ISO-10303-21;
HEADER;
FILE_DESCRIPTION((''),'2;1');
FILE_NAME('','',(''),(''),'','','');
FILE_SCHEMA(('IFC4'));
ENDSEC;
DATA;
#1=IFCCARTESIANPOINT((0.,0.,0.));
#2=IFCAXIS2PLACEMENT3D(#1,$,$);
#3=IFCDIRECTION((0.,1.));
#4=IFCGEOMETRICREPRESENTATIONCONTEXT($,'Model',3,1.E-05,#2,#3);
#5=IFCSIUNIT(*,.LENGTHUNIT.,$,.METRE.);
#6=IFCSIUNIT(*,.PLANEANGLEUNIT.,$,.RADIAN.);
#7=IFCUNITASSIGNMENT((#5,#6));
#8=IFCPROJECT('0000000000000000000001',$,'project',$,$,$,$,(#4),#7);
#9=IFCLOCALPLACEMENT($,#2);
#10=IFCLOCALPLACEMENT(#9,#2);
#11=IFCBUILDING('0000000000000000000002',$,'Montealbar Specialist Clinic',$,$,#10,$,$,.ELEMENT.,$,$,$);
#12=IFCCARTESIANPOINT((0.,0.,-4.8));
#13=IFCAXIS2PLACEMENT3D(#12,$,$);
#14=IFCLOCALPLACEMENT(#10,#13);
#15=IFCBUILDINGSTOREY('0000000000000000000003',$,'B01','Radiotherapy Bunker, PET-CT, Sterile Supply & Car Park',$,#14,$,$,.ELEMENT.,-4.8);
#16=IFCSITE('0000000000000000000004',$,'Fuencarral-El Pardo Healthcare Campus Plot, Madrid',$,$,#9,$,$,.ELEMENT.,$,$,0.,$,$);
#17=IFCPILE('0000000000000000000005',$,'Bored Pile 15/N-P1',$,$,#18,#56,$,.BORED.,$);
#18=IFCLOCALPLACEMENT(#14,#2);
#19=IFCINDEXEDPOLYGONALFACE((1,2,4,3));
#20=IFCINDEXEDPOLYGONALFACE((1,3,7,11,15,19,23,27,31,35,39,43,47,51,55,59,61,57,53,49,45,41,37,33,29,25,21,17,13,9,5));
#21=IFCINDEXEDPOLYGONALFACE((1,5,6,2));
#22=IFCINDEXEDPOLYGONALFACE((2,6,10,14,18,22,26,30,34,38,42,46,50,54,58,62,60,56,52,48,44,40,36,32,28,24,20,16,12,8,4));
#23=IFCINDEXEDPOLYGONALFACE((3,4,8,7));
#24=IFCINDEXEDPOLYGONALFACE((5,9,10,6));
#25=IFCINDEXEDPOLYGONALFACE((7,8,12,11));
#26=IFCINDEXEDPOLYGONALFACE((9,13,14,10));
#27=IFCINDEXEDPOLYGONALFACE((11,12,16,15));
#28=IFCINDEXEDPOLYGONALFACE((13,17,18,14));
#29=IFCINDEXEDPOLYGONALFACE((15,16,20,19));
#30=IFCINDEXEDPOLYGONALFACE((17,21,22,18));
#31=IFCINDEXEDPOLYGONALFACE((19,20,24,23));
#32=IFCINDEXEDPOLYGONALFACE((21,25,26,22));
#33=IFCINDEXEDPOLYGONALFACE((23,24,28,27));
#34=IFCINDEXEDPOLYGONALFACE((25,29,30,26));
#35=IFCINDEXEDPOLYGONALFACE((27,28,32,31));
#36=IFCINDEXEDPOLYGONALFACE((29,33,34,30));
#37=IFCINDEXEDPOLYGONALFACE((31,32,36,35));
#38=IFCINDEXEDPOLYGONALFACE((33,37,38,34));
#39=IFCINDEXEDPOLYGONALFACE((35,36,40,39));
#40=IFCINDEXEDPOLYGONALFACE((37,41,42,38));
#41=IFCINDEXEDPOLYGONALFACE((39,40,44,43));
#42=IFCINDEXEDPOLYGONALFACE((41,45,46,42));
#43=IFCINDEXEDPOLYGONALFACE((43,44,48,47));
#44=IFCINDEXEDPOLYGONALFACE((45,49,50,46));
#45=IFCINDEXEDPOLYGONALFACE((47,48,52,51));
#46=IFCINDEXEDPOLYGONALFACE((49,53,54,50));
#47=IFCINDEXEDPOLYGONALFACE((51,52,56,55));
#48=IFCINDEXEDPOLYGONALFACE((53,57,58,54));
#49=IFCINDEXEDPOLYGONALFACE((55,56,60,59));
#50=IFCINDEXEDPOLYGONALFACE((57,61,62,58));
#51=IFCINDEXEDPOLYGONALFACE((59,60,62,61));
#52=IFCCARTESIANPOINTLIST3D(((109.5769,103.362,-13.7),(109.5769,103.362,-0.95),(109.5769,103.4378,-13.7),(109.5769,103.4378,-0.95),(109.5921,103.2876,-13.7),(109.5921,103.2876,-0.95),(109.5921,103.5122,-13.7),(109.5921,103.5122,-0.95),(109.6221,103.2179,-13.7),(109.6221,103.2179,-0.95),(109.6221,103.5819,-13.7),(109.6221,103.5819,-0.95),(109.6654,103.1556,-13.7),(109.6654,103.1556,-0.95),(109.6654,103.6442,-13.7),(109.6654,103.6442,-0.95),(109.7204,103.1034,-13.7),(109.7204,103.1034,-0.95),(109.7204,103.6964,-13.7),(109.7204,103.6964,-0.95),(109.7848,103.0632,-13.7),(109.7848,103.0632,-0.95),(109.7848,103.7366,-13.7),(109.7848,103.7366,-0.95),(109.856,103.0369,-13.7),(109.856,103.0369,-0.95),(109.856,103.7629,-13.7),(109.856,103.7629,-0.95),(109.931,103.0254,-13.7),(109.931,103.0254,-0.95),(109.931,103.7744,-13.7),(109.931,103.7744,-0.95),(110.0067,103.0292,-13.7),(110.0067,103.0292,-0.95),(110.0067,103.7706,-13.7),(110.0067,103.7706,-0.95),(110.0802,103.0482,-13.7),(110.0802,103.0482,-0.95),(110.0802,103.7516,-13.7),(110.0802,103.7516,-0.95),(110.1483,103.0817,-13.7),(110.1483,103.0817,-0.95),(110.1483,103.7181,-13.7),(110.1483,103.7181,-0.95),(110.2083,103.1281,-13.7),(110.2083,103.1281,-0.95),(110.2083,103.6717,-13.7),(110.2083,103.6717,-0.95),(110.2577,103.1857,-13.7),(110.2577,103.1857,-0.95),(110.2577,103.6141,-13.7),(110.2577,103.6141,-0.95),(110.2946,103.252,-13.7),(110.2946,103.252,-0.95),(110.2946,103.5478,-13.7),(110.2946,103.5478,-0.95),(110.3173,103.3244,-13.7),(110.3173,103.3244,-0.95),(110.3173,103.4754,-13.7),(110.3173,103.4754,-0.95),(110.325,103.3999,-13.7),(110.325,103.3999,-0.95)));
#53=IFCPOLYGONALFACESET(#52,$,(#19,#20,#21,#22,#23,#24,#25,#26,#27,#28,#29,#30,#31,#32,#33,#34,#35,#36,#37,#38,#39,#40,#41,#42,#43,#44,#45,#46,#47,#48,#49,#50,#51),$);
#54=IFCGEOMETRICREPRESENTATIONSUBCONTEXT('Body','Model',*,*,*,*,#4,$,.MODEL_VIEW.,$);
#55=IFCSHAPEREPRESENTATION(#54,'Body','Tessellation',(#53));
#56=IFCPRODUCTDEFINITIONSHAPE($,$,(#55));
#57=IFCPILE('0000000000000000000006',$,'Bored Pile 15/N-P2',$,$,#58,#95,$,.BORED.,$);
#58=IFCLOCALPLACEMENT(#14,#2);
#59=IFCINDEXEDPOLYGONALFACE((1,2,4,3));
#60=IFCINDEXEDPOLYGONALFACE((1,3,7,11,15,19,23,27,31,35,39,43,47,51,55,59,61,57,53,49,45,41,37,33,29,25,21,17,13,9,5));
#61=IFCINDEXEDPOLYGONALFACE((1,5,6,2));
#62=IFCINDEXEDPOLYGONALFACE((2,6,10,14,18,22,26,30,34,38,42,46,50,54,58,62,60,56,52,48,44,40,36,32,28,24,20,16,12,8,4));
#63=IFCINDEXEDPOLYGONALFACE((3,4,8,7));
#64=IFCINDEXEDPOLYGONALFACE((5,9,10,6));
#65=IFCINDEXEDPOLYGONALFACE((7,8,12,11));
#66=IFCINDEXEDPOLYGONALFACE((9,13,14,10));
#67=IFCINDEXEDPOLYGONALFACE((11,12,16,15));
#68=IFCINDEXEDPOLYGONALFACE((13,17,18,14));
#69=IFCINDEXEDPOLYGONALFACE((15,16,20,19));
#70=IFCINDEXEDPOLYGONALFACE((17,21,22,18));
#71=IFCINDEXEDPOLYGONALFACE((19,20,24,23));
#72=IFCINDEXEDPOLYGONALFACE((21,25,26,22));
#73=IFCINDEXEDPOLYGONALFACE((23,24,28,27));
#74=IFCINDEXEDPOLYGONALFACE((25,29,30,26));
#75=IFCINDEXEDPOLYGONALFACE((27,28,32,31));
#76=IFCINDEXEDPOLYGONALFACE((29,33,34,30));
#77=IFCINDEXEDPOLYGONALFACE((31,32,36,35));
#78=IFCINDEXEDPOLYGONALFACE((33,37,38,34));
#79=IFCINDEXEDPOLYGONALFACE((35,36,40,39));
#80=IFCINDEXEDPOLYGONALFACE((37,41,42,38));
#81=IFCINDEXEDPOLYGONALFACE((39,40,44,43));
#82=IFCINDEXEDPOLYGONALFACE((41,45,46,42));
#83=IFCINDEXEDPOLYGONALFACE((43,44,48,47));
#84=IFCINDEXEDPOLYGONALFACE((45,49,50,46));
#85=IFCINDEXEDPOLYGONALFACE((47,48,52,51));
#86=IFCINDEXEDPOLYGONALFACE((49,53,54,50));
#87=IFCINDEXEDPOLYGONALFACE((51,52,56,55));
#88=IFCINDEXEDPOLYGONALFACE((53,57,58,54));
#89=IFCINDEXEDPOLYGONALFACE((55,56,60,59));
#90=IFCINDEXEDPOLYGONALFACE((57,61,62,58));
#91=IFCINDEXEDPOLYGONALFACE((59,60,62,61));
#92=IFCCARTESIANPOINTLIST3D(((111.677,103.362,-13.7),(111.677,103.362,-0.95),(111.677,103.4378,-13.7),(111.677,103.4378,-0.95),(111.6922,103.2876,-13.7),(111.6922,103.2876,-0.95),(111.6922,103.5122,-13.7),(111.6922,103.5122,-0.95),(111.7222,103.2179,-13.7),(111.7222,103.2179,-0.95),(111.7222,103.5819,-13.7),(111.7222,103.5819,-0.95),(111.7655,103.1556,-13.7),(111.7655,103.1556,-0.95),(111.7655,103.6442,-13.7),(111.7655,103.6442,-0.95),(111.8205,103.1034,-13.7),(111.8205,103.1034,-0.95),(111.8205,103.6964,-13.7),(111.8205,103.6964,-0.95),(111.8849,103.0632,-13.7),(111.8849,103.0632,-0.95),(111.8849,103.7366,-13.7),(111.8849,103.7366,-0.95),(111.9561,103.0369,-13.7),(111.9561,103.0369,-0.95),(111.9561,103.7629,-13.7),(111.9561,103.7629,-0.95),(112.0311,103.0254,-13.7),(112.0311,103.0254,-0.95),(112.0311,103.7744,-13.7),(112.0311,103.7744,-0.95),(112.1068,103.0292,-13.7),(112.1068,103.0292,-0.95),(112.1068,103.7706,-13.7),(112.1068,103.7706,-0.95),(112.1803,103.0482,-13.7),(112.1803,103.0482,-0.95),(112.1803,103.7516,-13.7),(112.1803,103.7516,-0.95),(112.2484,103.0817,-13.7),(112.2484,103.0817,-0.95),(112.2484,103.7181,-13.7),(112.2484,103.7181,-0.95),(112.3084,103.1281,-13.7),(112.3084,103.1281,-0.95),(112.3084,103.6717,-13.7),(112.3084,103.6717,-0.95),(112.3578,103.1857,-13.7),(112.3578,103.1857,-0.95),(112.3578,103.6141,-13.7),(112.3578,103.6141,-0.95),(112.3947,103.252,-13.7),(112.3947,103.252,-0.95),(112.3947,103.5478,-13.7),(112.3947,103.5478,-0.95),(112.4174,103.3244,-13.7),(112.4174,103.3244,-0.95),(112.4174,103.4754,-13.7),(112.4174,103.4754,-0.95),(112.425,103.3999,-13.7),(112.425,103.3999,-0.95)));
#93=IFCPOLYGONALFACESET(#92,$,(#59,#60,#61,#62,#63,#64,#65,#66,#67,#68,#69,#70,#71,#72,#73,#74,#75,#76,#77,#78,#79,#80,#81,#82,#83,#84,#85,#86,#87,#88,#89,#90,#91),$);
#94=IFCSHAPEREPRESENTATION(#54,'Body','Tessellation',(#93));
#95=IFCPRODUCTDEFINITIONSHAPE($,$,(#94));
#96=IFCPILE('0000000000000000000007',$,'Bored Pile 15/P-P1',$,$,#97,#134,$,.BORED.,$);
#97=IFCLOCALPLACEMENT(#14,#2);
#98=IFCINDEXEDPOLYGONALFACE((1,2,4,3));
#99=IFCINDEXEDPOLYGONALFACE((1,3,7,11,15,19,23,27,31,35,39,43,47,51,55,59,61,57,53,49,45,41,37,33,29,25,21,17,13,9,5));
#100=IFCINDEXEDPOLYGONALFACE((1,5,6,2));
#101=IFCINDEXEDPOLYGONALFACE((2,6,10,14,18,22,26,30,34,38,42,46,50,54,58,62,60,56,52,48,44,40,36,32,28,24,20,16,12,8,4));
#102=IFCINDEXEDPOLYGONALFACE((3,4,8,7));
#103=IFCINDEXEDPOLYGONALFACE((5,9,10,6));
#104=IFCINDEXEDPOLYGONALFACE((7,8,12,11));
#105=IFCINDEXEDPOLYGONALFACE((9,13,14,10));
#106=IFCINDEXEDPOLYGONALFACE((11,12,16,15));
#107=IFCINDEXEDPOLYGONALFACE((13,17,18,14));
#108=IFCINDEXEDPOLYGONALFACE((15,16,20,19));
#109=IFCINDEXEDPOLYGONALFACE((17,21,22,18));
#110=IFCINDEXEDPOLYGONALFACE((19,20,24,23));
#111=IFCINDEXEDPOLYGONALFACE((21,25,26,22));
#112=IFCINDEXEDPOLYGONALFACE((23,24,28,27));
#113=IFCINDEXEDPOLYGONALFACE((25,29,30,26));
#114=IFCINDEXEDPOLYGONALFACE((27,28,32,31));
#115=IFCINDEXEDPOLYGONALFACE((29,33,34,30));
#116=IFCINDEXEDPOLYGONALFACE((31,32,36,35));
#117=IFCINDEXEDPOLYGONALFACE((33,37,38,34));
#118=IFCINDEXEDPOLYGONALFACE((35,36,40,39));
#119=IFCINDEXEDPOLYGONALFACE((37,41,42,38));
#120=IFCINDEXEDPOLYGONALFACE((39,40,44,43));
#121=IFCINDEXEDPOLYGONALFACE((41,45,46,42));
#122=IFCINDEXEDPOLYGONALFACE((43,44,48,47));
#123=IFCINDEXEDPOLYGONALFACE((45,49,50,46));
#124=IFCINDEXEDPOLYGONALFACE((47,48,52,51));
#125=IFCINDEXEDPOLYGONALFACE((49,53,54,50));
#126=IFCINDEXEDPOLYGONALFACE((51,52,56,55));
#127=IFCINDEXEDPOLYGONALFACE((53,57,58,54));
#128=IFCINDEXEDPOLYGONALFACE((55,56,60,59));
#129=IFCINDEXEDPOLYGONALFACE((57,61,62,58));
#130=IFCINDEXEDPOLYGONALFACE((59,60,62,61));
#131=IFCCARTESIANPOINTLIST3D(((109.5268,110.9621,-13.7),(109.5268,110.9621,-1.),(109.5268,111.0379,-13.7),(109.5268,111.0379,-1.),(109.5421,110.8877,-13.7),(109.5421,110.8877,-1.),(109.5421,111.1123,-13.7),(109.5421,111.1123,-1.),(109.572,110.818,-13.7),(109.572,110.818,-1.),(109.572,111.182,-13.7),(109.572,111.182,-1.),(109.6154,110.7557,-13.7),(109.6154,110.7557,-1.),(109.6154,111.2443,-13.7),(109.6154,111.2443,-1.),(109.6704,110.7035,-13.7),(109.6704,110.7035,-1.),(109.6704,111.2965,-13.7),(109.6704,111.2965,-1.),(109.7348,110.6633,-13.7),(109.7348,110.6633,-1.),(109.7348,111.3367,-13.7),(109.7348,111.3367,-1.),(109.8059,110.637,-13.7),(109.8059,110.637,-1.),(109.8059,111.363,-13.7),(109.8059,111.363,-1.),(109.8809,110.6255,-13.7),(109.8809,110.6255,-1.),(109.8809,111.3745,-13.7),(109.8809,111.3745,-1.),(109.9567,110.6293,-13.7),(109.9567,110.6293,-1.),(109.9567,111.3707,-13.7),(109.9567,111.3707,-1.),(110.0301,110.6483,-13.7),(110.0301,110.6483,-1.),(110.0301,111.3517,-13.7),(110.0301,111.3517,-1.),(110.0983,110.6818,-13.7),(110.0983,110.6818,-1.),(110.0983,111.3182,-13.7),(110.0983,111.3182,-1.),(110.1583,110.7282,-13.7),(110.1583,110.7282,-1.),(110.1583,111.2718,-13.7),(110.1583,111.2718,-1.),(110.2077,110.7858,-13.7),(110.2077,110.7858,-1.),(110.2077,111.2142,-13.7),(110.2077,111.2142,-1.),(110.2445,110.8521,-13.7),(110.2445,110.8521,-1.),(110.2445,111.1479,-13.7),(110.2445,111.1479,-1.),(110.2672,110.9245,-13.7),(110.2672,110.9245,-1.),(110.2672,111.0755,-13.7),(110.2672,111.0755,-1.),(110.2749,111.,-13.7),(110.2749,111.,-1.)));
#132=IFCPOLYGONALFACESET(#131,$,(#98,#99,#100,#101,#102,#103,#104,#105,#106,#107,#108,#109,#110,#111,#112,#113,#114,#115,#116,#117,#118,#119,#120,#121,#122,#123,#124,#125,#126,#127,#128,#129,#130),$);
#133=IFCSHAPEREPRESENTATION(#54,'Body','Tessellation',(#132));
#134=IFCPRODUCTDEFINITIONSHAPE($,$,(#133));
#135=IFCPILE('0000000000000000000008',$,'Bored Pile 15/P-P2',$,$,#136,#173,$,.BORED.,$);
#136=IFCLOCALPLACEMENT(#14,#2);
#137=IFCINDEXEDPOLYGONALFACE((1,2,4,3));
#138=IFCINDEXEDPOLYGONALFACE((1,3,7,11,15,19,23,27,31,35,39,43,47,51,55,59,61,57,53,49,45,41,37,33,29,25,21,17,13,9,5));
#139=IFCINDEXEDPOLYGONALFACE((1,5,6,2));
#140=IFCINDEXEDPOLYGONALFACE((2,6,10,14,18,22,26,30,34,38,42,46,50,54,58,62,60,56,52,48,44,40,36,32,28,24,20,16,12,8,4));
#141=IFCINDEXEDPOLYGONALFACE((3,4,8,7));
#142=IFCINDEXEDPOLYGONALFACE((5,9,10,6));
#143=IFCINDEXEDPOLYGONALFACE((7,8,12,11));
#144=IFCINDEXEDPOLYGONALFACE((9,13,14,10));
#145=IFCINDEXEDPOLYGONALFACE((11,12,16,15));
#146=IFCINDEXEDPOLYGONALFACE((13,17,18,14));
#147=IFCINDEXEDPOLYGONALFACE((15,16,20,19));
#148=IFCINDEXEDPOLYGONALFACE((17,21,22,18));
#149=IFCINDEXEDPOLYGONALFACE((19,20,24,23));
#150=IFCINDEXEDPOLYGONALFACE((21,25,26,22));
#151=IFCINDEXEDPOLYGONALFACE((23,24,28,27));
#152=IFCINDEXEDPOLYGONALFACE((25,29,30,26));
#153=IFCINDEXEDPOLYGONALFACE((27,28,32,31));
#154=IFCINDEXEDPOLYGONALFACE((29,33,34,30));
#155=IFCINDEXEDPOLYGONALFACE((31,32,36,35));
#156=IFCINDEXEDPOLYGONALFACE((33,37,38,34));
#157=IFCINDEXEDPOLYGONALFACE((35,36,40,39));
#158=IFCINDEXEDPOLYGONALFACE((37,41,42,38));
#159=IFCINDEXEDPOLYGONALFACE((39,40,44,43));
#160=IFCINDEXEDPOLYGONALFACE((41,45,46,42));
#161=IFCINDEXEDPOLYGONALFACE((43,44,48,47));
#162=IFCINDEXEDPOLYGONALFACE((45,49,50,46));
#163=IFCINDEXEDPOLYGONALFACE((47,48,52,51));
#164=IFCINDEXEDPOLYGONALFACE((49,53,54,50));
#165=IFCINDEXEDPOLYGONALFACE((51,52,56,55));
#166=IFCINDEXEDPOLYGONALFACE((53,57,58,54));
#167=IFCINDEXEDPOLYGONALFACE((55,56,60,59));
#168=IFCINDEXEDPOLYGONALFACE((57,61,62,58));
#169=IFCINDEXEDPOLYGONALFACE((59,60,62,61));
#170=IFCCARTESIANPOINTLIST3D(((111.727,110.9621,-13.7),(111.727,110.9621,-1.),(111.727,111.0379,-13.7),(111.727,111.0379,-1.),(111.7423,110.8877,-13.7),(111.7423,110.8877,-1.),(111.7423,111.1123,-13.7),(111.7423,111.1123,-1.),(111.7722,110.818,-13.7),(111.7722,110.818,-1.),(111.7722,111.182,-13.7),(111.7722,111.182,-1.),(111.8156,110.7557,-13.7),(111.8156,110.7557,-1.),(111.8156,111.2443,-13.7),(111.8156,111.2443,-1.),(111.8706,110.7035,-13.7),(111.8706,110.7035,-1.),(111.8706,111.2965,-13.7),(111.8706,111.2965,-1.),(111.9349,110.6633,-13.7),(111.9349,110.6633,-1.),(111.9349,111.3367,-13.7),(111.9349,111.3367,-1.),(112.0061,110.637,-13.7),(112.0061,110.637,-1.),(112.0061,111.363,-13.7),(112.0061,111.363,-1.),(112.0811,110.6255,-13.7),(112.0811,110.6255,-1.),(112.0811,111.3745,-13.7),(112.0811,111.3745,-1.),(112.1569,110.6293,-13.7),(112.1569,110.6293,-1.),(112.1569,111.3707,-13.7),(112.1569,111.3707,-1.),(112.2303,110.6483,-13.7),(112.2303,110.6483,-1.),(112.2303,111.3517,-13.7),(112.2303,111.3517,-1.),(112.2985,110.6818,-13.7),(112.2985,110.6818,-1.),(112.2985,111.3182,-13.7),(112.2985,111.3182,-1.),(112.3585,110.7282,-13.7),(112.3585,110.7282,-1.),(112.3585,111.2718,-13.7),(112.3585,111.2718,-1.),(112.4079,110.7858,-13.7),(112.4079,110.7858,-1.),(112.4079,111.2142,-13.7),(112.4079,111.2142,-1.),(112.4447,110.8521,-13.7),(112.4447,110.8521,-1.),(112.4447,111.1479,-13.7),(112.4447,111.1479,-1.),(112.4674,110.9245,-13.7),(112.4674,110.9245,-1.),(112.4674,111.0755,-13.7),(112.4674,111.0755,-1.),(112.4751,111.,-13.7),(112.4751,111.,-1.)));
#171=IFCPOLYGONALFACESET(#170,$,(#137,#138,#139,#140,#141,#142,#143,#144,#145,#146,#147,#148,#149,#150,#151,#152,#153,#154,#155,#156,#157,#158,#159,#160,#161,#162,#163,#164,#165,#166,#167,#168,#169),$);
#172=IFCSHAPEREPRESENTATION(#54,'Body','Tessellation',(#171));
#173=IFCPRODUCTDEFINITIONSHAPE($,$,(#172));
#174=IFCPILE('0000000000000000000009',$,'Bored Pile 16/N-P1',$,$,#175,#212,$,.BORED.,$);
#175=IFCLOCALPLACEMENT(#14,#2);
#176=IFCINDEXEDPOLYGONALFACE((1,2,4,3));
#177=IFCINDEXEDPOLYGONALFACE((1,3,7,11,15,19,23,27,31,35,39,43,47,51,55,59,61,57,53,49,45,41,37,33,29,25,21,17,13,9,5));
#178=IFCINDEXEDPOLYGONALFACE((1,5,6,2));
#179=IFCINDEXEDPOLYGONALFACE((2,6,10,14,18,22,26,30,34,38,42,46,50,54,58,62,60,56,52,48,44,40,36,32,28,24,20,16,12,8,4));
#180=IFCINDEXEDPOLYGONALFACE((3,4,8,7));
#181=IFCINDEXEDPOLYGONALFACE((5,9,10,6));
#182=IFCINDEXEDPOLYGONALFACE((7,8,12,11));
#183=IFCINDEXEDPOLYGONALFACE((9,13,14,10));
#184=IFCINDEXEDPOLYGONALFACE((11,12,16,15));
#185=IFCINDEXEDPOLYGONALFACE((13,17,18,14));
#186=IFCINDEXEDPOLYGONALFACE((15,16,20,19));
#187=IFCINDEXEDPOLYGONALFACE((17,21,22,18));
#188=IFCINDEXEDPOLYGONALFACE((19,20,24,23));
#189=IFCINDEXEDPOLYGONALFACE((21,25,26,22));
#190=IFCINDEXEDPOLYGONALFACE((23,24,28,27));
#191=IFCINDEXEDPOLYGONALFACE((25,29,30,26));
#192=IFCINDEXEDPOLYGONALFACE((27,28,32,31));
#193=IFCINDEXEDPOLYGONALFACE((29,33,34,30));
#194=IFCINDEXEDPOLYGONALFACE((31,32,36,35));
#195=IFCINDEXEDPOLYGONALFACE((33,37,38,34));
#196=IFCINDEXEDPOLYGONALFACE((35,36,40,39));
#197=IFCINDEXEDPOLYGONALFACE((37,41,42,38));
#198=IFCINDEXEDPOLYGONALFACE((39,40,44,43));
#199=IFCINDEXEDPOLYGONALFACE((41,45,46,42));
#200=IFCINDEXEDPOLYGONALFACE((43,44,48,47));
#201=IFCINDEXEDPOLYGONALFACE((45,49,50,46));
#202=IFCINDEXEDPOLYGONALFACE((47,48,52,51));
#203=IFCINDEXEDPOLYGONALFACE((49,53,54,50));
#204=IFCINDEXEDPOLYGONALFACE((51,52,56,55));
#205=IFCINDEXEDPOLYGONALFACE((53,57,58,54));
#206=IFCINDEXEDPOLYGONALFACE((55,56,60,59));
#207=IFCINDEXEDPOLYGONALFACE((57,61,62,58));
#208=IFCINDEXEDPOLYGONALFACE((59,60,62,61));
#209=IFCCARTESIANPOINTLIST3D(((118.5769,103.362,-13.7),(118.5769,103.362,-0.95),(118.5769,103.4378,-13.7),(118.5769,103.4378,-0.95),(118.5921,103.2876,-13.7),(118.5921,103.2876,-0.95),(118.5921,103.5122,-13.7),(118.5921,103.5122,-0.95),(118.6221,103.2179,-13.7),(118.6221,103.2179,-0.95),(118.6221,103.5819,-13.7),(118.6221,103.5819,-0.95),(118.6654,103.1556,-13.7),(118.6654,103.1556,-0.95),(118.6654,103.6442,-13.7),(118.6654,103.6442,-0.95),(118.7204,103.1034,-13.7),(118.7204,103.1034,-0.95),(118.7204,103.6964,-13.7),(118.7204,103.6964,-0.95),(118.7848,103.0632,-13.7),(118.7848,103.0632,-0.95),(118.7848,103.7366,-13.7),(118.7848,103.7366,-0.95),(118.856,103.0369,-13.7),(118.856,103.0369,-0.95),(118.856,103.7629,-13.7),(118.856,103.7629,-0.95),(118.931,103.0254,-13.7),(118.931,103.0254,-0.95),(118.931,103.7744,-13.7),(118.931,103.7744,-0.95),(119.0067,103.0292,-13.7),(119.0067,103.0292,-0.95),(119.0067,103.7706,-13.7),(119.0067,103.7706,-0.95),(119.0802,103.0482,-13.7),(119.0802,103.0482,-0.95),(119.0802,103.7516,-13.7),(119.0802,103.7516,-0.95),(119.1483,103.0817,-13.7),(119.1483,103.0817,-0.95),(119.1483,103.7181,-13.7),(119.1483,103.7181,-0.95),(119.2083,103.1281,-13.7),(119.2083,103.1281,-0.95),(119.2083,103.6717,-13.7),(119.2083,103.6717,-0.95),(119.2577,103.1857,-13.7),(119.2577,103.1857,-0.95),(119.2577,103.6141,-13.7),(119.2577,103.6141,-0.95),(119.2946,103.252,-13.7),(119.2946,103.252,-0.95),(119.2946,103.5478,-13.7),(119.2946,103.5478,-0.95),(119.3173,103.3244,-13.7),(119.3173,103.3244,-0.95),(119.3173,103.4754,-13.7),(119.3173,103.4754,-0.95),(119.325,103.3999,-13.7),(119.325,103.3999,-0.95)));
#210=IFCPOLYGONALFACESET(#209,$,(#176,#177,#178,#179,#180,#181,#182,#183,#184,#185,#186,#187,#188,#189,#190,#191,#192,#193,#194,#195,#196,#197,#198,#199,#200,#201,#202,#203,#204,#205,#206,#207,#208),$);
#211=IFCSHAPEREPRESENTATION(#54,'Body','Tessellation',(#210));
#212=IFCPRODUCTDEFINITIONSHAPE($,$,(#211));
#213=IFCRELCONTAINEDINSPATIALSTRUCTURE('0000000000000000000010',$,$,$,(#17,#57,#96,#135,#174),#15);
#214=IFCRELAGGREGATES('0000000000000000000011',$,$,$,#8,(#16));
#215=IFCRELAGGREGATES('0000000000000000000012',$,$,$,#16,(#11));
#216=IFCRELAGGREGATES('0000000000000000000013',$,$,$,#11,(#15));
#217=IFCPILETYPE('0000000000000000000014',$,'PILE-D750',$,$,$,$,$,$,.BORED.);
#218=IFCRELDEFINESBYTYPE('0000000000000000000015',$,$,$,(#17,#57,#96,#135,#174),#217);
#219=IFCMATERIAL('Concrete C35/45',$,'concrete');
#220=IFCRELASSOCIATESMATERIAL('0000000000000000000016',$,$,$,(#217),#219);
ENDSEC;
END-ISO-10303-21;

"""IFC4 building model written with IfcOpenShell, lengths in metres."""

from ifc_helpers import new_model, si_unit, direction, frame, origin, origin_2d, place, context, subcontext, project, spatial, circle, extrude, material, material_profile, profile_set, type_object, element, save


model = new_model("IFC4")

# Units and contexts
model_context = context("Model", 3, precision=1e-05, world=origin(), true_north=direction((0.0, 1.0)))
body_context = subcontext(model_context, "Body", "Model", "MODEL_VIEW")
ifc_project = project(units=[si_unit("LENGTHUNIT", "METRE"), si_unit("PLANEANGLEUNIT", "RADIAN")], contexts=[model_context])

# Site, building, storey
site_placement = place(None, origin())
site = spatial("IfcSite", under=ifc_project, at=site_placement, Name="Fuencarral-El Pardo Healthcare Campus Plot, Madrid", CompositionType="ELEMENT", RefElevation=0.0)
building_placement = place(site_placement, origin())
building = spatial("IfcBuilding", under=site, at=building_placement, Name="Montealbar Specialist Clinic", CompositionType="ELEMENT")
storey_placement = place(building_placement, frame((0.0, 0.0, -4.8)))
storey = spatial("IfcBuildingStorey", under=building, at=storey_placement, Name="B01", Description="Radiotherapy Bunker, PET-CT, Sterile Supply & Car Park", CompositionType="ELEMENT", Elevation=-4.8)

# Shared definitions
ifc_material_1 = material(Name="Concrete C35/45", Category="concrete")

# Piles
ifc_material_profile_1 = material_profile(ifc_material_1, circle(Radius=0.375, at=origin_2d()), Name="PILE D750", Category="concrete")
ifc_profile_set_1 = profile_set([ifc_material_profile_1], Name="Concrete C35/45")
pile_type = type_object("IfcPileType", Name="PILE-D750", PredefinedType="BORED", material=ifc_profile_set_1)
for number, where, z_axis, x_axis, name in (
    (1, (109.95, 103.3999, -0.95), (0.0, 0.0, -1.0), (1.0, 0.0, 0.0), "Bored Pile 15/N-P1"),
    (2, (112.05, 103.3999, -0.95), (0.0, 0.0, -1.0), (1.0, 0.0, 0.0), "Bored Pile 15/N-P2"),
):
    element("IfcPile", number, at=place(storey_placement, frame(where, z_axis=z_axis, x_axis=x_axis)), inside=storey, type_object=pile_type, Name=name, PredefinedType="BORED", context=body_context, shape_type="SweptSolid", body=[
        extrude(circle(Radius=0.375, at=origin_2d()), origin(), (0.0, 0.0, 1.0), 12.75),
    ])
for number, where, z_axis, x_axis, name in (
    (3, (109.8999, 111.0, -1.0), (0.0, 0.0, -1.0), (1.0, 0.0, 0.0), "Bored Pile 15/P-P1"),
    (4, (112.1001, 111.0, -1.0), (0.0, 0.0, -1.0), (1.0, 0.0, 0.0), "Bored Pile 15/P-P2"),
):
    element("IfcPile", number, at=place(storey_placement, frame(where, z_axis=z_axis, x_axis=x_axis)), inside=storey, type_object=pile_type, Name=name, PredefinedType="BORED", context=body_context, shape_type="SweptSolid", body=[
        extrude(circle(Radius=0.375, at=origin_2d()), origin(), (0.0, 0.0, 1.0), 12.7),
    ])
for number, where, z_axis, x_axis, name in (
    (5, (118.95, 103.3999, -0.95), (0.0, 0.0, -1.0), (1.0, 0.0, 0.0), "Bored Pile 16/N-P1"),
):
    element("IfcPile", number, at=place(storey_placement, frame(where, z_axis=z_axis, x_axis=x_axis)), inside=storey, type_object=pile_type, Name=name, PredefinedType="BORED", context=body_context, shape_type="SweptSolid", body=[
        extrude(circle(Radius=0.375, at=origin_2d()), origin(), (0.0, 0.0, 1.0), 12.75),
    ])

save(model, "model.ifc")
